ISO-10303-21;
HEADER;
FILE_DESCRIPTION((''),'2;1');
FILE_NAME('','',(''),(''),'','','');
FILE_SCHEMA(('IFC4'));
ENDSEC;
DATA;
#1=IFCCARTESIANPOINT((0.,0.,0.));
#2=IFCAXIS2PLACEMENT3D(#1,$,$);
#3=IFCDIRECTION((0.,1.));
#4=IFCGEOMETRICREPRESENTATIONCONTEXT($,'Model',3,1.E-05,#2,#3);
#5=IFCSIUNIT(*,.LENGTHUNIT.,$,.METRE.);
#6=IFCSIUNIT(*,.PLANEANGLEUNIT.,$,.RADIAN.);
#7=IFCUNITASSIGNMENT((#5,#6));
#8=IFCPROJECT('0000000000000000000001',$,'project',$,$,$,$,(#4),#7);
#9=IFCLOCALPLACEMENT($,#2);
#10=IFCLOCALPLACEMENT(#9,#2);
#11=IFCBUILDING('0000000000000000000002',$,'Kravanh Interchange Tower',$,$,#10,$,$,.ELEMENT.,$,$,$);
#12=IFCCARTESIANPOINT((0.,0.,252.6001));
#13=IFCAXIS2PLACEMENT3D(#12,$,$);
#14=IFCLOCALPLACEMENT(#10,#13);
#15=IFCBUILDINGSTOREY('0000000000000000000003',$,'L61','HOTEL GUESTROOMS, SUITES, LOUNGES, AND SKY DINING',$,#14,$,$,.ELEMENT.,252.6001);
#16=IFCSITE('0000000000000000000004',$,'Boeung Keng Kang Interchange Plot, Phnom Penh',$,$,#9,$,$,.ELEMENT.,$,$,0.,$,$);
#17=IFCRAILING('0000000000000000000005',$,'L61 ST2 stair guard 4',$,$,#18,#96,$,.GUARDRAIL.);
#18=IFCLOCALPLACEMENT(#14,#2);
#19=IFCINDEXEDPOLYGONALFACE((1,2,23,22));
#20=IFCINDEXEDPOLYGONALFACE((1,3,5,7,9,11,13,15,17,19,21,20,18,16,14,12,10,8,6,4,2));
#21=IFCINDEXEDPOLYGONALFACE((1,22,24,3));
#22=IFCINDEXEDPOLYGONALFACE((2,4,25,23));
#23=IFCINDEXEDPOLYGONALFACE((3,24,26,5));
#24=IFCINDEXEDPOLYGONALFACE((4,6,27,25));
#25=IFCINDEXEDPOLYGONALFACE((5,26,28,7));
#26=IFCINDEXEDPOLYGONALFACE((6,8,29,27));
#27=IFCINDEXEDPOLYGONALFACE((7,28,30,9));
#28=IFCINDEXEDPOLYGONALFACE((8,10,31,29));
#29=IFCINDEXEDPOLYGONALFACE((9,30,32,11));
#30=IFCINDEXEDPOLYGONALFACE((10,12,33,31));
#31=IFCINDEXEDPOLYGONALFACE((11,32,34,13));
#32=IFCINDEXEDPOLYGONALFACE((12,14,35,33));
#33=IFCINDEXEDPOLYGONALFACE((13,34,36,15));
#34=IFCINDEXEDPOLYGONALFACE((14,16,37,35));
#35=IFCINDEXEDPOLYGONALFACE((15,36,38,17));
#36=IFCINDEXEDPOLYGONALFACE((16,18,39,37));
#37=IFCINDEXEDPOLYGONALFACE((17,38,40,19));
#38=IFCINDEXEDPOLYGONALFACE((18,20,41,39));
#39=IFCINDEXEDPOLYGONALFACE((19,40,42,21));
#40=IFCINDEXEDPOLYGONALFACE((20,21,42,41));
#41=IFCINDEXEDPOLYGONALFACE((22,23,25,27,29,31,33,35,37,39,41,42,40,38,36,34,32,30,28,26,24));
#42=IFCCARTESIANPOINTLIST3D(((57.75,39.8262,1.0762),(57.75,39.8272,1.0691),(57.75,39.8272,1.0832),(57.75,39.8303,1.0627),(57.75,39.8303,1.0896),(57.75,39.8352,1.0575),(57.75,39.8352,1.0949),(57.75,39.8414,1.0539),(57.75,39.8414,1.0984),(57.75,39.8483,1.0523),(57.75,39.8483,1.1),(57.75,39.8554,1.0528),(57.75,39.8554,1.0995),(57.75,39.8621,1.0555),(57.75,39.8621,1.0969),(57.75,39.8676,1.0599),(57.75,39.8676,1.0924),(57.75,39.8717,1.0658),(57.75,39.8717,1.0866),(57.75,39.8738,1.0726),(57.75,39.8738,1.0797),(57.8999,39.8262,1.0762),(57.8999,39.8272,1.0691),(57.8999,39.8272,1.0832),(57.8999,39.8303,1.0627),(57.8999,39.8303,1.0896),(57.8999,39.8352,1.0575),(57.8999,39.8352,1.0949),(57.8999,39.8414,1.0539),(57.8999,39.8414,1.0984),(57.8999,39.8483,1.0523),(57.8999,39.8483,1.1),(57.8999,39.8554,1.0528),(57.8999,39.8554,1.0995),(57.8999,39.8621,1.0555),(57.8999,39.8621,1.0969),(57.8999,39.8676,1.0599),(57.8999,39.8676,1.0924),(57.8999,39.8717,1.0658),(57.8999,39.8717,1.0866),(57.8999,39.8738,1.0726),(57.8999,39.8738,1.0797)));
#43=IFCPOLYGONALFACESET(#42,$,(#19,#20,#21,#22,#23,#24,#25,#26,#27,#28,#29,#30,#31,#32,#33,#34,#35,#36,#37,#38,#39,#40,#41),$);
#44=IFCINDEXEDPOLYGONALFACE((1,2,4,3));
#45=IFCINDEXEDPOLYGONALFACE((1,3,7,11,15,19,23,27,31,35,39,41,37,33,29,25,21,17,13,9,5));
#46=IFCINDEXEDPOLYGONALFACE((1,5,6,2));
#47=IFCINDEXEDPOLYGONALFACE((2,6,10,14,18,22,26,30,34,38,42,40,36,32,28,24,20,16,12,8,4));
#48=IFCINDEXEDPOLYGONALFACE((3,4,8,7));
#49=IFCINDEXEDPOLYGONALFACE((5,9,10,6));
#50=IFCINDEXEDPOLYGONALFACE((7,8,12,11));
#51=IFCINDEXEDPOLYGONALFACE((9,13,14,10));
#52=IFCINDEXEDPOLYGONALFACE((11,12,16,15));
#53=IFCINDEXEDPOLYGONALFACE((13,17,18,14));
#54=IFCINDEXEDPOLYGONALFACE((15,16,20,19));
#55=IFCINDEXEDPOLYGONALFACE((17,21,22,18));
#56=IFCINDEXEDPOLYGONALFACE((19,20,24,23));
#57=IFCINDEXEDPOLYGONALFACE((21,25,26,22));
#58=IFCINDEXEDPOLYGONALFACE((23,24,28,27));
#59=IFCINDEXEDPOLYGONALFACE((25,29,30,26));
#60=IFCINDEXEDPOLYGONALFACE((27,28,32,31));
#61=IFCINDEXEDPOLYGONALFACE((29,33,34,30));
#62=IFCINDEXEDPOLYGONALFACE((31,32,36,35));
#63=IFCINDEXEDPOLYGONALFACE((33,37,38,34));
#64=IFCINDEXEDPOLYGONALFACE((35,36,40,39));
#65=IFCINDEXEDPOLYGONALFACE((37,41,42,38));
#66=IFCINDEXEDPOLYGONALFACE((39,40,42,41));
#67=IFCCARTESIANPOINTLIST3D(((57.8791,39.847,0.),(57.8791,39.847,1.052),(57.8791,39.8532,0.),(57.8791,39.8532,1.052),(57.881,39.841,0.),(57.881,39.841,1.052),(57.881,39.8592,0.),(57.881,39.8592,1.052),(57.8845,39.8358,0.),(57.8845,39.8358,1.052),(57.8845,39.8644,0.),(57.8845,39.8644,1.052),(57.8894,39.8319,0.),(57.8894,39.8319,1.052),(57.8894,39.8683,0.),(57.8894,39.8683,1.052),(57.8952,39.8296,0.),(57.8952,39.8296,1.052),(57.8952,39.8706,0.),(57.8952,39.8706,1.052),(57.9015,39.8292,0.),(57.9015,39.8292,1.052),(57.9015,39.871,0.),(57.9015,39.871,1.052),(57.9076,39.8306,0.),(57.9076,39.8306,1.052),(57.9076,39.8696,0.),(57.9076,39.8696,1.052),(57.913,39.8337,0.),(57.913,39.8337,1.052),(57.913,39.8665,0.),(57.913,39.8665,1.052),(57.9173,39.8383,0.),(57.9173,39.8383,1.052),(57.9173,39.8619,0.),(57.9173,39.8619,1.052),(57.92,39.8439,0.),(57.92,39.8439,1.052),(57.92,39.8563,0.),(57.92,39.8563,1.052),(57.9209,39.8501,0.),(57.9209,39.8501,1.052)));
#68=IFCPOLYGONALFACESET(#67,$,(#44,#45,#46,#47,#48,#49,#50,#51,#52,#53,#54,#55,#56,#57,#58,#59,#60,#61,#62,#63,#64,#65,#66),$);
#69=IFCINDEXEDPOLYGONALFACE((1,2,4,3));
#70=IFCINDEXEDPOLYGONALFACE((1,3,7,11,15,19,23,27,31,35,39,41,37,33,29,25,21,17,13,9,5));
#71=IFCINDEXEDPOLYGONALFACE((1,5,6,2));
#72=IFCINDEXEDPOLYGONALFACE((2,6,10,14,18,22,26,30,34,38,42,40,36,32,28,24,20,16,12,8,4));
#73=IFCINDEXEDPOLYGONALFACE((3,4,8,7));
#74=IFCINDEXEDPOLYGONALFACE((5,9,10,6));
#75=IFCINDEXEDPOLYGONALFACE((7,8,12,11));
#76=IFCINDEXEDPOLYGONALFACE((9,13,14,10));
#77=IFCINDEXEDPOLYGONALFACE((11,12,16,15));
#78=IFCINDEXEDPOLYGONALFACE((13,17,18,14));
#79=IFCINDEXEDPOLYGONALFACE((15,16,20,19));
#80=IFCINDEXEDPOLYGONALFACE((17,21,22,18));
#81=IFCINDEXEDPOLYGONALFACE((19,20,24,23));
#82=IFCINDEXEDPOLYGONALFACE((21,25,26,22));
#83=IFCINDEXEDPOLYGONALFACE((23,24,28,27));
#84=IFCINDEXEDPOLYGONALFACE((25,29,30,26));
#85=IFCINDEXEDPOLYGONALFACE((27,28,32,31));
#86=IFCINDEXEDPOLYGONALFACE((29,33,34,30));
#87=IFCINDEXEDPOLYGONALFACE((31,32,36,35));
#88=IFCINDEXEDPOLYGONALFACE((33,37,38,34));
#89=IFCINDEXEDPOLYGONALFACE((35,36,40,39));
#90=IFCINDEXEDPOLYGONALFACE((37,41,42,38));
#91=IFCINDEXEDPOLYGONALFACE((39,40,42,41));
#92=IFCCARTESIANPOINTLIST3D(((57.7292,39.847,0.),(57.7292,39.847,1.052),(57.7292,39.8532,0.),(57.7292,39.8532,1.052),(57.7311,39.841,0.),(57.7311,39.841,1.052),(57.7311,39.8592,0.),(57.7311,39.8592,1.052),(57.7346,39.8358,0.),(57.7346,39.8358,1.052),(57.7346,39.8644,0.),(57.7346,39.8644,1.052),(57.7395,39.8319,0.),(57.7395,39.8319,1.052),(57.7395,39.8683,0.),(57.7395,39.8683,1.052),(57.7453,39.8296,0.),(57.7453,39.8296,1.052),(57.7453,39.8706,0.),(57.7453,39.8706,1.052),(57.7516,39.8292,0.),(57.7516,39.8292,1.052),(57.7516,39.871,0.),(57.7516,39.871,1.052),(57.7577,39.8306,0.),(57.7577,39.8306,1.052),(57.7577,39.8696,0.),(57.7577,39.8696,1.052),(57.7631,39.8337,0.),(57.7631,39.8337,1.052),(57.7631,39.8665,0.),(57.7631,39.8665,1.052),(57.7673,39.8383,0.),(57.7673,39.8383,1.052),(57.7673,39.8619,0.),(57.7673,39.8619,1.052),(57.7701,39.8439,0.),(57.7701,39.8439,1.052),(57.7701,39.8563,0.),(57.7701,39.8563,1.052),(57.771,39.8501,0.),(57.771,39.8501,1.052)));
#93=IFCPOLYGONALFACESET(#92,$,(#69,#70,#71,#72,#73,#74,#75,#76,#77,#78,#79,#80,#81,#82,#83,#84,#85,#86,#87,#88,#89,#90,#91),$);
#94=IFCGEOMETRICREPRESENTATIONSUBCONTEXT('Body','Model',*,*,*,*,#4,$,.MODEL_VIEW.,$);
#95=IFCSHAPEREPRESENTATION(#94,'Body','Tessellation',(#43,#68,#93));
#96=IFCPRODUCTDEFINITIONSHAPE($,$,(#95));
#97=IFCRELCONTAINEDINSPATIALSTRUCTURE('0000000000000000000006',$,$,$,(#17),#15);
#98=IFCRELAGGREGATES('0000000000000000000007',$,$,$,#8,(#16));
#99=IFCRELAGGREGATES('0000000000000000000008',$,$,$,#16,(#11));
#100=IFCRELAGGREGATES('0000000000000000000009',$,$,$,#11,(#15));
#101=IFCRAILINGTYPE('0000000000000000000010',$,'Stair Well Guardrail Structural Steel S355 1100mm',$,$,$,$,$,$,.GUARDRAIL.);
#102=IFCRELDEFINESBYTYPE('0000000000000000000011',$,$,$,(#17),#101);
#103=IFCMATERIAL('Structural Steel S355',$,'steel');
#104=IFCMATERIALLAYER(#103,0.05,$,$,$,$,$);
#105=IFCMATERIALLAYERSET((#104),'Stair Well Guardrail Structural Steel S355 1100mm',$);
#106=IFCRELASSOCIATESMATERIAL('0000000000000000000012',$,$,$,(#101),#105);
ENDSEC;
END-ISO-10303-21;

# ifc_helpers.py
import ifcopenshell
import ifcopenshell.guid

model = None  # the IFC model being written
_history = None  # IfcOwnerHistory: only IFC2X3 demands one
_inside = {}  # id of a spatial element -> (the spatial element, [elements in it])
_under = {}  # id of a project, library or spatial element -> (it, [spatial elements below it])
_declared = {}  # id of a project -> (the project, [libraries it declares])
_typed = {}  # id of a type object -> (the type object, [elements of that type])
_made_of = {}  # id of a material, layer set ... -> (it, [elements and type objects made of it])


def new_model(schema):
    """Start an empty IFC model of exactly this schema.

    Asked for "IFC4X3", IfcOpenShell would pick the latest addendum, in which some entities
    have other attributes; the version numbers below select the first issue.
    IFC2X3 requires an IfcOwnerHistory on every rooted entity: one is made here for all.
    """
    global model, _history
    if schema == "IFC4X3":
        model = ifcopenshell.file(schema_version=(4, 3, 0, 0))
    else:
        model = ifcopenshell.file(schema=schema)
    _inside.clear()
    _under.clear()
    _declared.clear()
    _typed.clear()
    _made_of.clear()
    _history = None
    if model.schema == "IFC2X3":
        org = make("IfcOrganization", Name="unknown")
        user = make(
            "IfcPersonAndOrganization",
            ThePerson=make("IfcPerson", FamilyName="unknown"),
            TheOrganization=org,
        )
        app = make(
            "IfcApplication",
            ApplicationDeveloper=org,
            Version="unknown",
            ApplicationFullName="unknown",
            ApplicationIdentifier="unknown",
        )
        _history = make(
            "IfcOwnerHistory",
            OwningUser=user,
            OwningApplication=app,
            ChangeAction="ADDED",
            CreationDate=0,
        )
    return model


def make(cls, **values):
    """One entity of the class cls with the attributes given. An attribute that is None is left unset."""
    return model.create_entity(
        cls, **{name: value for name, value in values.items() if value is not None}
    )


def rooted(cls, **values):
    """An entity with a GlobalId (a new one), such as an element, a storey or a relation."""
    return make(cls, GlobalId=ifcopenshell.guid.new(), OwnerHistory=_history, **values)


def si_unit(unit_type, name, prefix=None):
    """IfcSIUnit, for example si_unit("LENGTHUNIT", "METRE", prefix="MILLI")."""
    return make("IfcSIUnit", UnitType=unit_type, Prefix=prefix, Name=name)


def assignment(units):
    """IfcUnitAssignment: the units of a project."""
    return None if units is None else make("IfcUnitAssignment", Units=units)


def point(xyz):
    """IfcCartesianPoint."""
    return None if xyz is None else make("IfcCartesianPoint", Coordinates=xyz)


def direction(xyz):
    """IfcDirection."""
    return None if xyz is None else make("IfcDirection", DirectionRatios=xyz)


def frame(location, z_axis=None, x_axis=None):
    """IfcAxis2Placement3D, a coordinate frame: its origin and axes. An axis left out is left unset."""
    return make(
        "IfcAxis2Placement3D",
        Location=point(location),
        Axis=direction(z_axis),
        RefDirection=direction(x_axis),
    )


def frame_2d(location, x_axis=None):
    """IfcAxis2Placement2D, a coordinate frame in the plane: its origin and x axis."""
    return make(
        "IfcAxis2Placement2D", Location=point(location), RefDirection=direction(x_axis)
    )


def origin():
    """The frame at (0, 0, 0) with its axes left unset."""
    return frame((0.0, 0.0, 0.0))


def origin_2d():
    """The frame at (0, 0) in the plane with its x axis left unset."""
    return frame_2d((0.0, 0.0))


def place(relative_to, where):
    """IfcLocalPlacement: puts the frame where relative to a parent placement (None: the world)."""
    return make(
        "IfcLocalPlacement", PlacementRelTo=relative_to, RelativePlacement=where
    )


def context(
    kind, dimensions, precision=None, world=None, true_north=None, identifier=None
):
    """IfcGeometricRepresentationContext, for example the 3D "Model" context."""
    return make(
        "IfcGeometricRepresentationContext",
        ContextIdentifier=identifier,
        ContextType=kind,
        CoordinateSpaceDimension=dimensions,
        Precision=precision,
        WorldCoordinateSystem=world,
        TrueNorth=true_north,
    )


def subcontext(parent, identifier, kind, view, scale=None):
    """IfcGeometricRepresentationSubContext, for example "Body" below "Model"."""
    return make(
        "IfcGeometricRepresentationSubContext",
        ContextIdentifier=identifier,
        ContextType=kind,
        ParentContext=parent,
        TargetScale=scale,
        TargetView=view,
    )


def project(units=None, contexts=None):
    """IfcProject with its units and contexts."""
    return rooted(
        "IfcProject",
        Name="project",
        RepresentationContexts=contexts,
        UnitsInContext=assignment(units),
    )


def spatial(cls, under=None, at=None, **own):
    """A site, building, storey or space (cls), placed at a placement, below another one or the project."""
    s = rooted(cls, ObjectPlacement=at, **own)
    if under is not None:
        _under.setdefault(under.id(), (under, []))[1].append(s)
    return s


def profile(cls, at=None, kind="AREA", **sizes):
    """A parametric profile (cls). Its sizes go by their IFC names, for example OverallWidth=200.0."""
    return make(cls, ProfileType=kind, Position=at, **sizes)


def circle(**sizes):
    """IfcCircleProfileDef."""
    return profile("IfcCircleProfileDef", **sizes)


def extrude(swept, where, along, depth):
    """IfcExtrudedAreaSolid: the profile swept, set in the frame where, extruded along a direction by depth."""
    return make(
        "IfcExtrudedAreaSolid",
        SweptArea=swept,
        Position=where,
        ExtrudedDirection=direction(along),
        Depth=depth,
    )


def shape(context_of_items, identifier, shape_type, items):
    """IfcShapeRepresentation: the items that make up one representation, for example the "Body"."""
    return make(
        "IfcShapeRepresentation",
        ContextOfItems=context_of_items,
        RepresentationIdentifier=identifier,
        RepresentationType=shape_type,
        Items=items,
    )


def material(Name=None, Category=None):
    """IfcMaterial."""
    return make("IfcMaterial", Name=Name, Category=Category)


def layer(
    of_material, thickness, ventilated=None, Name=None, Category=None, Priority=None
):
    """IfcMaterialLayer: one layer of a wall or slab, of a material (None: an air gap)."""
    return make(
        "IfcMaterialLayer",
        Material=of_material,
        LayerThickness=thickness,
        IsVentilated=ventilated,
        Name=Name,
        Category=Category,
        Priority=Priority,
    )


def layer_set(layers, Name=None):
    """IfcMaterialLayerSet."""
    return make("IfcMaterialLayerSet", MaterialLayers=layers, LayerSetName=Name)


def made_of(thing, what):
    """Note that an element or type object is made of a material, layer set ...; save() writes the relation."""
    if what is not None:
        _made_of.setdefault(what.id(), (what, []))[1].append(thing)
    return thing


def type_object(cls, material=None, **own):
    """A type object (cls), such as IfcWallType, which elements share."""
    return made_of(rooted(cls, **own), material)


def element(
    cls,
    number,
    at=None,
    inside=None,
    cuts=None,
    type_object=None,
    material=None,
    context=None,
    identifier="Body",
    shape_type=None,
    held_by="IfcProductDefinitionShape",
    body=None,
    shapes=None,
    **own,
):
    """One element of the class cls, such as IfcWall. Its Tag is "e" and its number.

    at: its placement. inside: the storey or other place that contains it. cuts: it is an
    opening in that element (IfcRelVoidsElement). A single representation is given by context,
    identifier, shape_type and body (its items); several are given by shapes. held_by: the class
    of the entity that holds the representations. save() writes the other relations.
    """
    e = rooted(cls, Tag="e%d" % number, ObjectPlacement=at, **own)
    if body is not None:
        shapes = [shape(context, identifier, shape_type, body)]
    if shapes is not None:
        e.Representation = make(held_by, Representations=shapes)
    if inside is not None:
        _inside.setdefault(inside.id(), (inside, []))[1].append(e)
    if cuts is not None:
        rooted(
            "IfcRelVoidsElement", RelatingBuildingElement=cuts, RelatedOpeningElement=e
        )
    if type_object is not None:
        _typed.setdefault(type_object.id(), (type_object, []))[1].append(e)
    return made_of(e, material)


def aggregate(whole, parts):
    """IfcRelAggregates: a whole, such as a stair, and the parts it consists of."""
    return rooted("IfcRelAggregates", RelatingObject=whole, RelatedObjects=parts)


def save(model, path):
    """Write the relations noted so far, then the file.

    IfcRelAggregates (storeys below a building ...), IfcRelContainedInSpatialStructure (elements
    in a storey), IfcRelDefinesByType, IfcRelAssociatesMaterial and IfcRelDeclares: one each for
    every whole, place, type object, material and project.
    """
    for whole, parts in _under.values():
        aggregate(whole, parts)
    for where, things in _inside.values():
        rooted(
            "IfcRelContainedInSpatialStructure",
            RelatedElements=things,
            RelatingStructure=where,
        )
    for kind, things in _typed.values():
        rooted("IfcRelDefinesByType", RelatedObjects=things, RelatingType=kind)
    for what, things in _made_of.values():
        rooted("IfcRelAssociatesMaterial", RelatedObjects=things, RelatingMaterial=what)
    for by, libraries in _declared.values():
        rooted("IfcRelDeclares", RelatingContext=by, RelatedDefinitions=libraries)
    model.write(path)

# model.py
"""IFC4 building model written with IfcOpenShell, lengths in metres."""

from ifc_helpers import new_model, si_unit, direction, frame, origin, origin_2d, place, context, subcontext, project, spatial, circle, extrude, material, layer, layer_set, type_object, element, save


model = new_model("IFC4")

# Units and contexts
model_context = context("Model", 3, precision=1e-05, world=origin(), true_north=direction((0.0, 1.0)))
body_context = subcontext(model_context, "Body", "Model", "MODEL_VIEW")
ifc_project = project(units=[si_unit("LENGTHUNIT", "METRE"), si_unit("PLANEANGLEUNIT", "RADIAN")], contexts=[model_context])

# Site, building, storey
site_placement = place(None, origin())
site = spatial("IfcSite", under=ifc_project, at=site_placement, Name="Boeung Keng Kang Interchange Plot, Phnom Penh", CompositionType="ELEMENT", RefElevation=0.0)
building_placement = place(site_placement, origin())
building = spatial("IfcBuilding", under=site, at=building_placement, Name="Kravanh Interchange Tower", CompositionType="ELEMENT")
storey_placement = place(building_placement, frame((0.0, 0.0, 252.6001)))
storey = spatial("IfcBuildingStorey", under=building, at=storey_placement, Name="L61", Description="HOTEL GUESTROOMS, SUITES, LOUNGES, AND SKY DINING", CompositionType="ELEMENT", Elevation=252.6001)

# Railing
ifc_material_1 = material(Name="Structural Steel S355", Category="steel")
ifc_layer_1 = layer(ifc_material_1, 0.05)
ifc_layer_set_1 = layer_set([ifc_layer_1], Name="Stair Well Guardrail Structural Steel S355 1100mm")
railing_type_1 = type_object("IfcRailingType", Name="Stair Well Guardrail Structural Steel S355 1100mm", PredefinedType="GUARDRAIL", material=ifc_layer_set_1)
railing_1_placement = place(storey_placement, frame((57.8999, 39.8501, 0.0)))
element("IfcRailing", 1, at=railing_1_placement, inside=storey, type_object=railing_type_1, Name="L61 ST2 stair guard 4", PredefinedType="GUARDRAIL", context=body_context, shape_type="SweptSolid", body=[
    extrude(circle(Radius=0.0239, at=origin_2d()), frame((0.0, 0.0, 1.0762), z_axis=(-1.0, 0.0, 0.0), x_axis=(0.0, -1.0, 0.0)), (0.0, 0.0, 1.0), 0.1499),
    extrude(circle(Radius=0.021, at=origin_2d()), origin(), (0.0, 0.0, 1.0), 1.052),
    extrude(circle(Radius=0.021, at=origin_2d()), frame((-0.1499, 0.0, 0.0)), (0.0, 0.0, 1.0), 1.052),
])

save(model, "model.ifc")
